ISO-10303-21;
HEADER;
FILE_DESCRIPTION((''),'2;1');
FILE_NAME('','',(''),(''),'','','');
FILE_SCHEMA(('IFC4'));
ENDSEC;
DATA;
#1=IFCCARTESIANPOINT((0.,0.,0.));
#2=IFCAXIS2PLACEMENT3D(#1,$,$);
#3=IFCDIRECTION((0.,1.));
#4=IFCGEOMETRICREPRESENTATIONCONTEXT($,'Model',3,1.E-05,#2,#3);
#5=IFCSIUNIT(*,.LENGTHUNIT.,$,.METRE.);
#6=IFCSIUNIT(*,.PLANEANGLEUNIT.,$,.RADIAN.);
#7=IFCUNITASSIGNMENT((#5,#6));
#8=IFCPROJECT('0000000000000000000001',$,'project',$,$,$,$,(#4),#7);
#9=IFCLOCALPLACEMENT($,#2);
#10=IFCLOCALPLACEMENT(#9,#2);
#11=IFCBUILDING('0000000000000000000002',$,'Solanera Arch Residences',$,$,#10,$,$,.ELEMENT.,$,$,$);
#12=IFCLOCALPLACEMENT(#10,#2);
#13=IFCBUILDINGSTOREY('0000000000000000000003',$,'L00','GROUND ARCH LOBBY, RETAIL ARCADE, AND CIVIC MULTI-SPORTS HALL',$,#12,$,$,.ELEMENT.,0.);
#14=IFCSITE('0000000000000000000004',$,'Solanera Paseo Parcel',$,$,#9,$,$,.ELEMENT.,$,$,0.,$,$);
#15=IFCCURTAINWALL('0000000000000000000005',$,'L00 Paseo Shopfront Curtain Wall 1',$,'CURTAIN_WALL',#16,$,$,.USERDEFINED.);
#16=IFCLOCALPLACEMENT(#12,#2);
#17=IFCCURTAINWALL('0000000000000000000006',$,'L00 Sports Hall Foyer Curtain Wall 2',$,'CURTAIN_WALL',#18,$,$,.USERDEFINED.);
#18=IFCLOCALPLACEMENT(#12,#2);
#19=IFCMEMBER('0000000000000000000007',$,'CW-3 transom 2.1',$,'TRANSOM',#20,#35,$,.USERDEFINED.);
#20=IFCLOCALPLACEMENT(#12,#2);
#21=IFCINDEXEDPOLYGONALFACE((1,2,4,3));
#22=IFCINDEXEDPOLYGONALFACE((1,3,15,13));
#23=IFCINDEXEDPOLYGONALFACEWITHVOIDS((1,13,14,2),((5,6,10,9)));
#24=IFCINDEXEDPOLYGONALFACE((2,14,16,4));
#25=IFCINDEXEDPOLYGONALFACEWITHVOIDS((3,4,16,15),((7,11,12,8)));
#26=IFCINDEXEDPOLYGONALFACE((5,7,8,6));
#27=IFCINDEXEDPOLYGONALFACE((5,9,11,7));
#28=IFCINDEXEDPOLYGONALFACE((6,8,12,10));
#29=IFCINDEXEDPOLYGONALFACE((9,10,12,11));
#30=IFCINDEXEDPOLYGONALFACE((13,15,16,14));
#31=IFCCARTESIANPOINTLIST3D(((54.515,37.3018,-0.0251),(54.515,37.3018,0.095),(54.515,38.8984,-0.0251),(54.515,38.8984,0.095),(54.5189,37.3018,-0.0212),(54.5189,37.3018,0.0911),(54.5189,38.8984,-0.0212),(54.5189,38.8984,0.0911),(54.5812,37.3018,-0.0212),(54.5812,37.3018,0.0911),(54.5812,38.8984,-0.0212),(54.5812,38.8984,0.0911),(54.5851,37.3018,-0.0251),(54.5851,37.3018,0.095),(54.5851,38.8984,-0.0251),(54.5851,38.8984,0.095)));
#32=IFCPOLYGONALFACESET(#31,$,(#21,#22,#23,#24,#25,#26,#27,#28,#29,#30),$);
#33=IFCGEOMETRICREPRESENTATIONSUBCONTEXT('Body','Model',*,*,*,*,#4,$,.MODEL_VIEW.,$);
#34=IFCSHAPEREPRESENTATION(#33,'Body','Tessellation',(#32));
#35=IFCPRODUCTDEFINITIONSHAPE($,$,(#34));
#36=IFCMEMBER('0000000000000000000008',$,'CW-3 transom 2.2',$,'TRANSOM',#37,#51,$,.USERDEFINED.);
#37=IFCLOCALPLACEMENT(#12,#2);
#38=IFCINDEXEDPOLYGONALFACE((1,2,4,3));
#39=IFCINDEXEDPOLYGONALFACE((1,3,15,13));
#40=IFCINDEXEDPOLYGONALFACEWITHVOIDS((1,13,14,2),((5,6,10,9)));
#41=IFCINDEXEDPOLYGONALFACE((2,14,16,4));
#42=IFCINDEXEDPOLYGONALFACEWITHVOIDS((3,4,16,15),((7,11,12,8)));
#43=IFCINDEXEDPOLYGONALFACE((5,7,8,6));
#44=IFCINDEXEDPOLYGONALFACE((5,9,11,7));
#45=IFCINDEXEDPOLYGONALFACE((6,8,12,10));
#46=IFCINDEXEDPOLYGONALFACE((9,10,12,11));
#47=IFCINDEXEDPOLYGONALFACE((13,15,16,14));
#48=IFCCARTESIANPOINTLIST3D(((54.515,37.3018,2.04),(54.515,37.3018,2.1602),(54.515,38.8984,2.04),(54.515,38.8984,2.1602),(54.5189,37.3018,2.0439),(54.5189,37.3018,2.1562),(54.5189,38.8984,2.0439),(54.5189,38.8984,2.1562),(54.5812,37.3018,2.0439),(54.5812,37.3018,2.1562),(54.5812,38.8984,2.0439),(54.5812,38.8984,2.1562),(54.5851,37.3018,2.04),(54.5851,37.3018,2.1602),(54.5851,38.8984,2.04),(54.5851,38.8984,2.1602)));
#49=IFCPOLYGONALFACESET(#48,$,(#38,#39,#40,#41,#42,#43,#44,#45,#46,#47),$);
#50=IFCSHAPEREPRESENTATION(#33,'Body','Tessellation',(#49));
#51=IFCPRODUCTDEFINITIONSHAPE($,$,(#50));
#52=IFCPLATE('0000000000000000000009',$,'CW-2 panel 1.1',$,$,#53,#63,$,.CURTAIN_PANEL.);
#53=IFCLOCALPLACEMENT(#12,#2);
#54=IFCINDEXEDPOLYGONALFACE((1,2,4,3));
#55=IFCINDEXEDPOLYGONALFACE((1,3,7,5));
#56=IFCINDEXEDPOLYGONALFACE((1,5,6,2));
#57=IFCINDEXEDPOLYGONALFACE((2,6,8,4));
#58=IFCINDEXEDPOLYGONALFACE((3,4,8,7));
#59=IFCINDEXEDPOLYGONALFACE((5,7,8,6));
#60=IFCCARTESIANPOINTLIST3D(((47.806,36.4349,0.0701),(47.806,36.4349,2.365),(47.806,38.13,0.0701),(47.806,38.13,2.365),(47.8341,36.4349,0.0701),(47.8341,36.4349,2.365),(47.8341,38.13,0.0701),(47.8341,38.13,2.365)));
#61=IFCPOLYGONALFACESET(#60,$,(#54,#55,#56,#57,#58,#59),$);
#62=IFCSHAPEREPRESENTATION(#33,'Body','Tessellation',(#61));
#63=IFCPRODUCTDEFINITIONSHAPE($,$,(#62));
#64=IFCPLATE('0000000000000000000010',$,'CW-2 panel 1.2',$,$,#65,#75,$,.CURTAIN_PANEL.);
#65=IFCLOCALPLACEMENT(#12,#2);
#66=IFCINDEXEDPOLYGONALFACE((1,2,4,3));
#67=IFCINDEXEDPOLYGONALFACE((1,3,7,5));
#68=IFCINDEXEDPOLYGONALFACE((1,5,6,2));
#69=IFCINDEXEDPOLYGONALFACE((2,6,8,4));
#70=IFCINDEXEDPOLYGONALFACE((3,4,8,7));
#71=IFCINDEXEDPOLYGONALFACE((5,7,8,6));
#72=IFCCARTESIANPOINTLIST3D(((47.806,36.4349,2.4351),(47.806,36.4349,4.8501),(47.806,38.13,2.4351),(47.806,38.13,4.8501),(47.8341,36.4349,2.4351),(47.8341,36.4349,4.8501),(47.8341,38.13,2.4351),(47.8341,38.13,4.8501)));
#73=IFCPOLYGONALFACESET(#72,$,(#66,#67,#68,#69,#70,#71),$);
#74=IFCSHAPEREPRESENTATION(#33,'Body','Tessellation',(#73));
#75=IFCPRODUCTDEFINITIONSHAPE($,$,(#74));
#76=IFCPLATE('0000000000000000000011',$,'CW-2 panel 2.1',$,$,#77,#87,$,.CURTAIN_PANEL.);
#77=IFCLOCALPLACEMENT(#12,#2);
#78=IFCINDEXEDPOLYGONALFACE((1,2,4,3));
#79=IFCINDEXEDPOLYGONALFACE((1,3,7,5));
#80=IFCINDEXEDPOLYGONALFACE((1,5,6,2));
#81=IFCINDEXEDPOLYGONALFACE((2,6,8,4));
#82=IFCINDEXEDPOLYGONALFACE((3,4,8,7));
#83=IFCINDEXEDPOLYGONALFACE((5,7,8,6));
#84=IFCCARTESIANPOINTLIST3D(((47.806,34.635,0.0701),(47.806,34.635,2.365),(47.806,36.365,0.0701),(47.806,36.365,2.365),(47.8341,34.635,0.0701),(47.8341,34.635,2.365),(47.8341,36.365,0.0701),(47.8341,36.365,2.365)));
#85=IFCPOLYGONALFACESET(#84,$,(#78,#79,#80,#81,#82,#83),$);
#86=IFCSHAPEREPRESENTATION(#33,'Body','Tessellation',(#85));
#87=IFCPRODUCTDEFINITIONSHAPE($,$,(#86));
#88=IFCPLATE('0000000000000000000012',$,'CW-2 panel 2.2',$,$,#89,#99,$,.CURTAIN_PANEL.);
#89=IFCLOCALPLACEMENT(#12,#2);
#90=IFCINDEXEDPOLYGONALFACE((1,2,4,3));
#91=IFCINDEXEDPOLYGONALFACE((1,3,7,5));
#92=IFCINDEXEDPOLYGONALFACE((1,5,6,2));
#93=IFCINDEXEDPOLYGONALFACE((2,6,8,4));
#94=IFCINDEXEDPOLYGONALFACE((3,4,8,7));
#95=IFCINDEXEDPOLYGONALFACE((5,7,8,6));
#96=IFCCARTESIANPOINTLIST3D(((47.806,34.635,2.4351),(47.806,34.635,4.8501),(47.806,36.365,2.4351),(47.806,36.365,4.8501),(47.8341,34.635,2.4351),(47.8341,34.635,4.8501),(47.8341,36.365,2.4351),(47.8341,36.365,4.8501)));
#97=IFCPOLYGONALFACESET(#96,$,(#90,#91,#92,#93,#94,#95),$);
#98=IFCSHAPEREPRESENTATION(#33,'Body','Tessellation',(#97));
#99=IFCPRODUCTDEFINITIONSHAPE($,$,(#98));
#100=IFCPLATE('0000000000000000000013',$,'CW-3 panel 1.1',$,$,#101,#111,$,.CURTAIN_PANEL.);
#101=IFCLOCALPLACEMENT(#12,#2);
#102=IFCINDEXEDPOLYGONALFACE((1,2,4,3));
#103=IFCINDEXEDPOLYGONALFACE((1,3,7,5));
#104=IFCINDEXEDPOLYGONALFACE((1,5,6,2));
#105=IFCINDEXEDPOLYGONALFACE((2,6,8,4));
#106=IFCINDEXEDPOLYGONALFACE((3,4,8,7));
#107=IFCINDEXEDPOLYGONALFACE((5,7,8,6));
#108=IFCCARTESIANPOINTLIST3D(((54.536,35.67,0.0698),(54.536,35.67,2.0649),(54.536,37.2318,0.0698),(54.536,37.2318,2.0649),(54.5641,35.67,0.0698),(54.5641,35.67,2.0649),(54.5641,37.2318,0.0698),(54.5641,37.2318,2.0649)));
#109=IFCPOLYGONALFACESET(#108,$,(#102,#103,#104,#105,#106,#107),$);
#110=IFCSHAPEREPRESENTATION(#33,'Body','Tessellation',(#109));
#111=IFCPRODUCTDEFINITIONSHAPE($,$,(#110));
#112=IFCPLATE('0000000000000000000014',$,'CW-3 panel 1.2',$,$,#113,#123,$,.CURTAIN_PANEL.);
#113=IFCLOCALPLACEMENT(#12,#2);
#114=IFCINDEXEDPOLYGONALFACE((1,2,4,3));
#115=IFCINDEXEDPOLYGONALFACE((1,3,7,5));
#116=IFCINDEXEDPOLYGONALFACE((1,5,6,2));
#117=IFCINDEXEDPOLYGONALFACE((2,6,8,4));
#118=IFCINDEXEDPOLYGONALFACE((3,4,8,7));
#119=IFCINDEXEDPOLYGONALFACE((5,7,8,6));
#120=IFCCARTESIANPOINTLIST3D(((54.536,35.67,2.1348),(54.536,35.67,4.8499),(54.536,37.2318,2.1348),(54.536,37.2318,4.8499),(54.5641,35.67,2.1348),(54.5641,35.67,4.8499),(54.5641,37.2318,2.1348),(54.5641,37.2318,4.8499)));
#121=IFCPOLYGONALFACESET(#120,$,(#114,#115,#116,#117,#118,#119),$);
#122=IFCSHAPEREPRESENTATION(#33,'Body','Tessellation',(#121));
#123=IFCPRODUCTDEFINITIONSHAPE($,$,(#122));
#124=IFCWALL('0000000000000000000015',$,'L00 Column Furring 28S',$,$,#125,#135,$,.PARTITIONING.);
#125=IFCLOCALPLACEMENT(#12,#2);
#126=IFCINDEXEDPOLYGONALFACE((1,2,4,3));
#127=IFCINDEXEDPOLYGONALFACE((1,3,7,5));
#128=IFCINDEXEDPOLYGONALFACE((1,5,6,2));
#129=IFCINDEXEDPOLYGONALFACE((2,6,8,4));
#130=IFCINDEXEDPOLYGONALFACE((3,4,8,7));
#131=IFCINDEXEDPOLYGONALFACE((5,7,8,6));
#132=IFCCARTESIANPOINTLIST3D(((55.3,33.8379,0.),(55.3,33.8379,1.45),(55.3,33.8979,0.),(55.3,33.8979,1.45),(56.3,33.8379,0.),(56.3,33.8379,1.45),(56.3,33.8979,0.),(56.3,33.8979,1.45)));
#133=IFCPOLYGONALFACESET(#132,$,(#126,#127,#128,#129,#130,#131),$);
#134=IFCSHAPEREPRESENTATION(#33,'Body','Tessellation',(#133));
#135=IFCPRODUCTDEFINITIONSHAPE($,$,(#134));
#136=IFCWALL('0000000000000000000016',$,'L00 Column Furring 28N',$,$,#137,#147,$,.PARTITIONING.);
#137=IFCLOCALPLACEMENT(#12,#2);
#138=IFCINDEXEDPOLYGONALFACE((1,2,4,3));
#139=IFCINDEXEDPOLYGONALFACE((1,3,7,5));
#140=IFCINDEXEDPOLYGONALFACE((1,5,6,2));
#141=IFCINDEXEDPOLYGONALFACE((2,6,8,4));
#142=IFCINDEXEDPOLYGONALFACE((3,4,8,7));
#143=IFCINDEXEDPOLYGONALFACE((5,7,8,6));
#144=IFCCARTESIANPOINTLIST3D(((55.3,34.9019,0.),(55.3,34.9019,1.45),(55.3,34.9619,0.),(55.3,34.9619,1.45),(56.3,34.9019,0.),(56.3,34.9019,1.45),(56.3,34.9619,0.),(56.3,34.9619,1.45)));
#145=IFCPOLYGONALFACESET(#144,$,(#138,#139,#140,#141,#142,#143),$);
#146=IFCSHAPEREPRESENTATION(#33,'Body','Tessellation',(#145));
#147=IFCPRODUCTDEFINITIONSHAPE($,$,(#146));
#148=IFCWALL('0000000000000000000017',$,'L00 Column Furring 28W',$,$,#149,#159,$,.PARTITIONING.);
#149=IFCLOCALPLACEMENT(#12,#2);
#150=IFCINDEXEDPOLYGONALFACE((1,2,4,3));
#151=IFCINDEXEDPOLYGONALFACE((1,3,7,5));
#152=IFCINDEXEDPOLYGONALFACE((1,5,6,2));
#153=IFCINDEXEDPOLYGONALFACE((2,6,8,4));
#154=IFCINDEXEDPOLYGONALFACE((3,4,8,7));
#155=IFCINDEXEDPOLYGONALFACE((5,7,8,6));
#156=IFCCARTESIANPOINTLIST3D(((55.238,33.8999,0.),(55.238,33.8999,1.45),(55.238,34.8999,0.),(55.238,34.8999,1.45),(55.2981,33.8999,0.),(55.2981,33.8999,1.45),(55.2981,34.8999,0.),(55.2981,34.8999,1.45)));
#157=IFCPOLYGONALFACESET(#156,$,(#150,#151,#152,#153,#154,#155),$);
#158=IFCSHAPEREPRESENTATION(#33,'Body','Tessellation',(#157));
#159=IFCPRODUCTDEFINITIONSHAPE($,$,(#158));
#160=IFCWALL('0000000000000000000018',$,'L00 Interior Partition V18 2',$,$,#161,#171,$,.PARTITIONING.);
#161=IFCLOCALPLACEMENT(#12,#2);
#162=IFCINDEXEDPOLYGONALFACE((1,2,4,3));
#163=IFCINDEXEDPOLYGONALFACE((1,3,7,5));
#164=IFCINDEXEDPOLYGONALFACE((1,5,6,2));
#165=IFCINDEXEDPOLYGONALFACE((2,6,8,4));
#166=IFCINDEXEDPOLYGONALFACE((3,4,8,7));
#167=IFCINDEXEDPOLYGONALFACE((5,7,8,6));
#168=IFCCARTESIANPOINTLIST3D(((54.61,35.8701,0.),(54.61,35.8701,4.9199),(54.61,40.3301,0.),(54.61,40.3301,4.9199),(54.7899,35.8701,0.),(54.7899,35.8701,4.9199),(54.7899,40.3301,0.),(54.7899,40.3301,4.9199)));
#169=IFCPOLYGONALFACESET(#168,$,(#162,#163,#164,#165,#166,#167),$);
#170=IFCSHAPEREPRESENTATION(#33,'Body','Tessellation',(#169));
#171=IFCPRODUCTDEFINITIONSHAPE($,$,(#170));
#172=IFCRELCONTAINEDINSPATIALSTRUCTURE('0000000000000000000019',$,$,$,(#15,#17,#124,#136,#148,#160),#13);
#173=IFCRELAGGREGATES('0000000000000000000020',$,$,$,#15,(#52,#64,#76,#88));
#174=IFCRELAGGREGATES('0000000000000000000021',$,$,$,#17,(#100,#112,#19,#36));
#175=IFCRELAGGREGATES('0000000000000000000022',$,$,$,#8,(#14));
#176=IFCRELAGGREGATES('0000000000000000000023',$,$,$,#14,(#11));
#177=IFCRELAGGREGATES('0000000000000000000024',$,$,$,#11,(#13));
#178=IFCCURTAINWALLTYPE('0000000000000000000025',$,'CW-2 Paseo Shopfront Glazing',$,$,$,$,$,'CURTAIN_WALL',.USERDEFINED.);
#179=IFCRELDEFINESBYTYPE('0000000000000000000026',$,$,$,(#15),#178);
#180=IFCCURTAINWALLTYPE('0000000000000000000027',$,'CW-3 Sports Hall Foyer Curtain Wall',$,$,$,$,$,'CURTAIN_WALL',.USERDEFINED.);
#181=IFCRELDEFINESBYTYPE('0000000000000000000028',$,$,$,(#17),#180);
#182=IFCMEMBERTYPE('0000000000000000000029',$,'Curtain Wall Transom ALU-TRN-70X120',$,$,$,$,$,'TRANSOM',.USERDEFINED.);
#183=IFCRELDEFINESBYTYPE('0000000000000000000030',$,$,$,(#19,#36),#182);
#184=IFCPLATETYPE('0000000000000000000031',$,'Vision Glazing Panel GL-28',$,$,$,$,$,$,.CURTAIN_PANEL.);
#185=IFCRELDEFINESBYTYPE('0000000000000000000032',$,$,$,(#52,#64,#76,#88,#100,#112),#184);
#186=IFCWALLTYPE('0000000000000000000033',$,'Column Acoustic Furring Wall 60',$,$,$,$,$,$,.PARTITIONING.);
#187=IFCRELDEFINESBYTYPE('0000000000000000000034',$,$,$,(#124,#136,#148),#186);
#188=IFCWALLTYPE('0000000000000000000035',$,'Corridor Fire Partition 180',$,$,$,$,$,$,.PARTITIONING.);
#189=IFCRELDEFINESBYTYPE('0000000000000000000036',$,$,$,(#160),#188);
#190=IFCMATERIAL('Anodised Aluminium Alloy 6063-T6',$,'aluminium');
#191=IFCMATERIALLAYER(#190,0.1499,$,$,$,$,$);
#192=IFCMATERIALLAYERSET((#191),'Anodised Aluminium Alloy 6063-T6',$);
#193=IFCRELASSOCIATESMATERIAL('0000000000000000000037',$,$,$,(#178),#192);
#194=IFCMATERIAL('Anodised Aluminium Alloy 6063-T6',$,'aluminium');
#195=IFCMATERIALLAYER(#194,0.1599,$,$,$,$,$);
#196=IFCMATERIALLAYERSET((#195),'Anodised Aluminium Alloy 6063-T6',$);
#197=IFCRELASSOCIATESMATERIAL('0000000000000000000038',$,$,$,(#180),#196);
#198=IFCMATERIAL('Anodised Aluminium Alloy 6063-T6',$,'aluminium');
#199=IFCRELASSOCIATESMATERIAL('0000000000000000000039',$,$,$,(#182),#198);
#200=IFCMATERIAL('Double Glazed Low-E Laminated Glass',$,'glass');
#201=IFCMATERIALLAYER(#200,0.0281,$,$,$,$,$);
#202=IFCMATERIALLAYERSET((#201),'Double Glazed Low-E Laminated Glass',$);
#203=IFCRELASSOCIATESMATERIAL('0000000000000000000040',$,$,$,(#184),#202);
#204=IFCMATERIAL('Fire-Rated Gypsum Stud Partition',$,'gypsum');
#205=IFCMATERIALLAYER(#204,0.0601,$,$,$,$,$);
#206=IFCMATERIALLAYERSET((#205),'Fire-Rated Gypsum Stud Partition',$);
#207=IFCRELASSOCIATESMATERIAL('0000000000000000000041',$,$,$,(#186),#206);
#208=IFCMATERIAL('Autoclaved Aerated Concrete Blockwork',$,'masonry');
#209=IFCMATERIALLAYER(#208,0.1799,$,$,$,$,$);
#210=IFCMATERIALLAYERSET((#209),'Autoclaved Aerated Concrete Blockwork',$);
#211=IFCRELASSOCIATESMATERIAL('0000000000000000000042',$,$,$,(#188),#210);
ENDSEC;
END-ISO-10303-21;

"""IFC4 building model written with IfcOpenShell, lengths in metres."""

from ifc_helpers import new_model, si_unit, direction, frame, frame_2d, origin, origin_2d, place, context, subcontext, project, spatial, rectangle, hollow_rectangle, extrude, material, layer, layer_set, material_profile, profile_set, type_object, element, aggregate, save


model = new_model("IFC4")

# Units and contexts
model_context = context("Model", 3, precision=1e-05, world=origin(), true_north=direction((0.0, 1.0)))
body_context = subcontext(model_context, "Body", "Model", "MODEL_VIEW")
ifc_project = project(units=[si_unit("LENGTHUNIT", "METRE"), si_unit("PLANEANGLEUNIT", "RADIAN")], contexts=[model_context])

# Site, building, storey
site_placement = place(None, origin())
site = spatial("IfcSite", under=ifc_project, at=site_placement, Name="Solanera Paseo Parcel", CompositionType="ELEMENT", RefElevation=0.0)
building_placement = place(site_placement, origin())
building = spatial("IfcBuilding", under=site, at=building_placement, Name="Solanera Arch Residences", CompositionType="ELEMENT")
storey_placement = place(building_placement, origin())
storey = spatial("IfcBuildingStorey", under=building, at=storey_placement, Name="L00", Description="GROUND ARCH LOBBY, RETAIL ARCADE, AND CIVIC MULTI-SPORTS HALL", CompositionType="ELEMENT", Elevation=0.0)

# Curtain walls
ifc_material_1 = material(Name="Anodised Aluminium Alloy 6063-T6", Category="aluminium")
ifc_layer_1 = layer(ifc_material_1, 0.1499)
ifc_layer_set_1 = layer_set([ifc_layer_1], Name="Anodised Aluminium Alloy 6063-T6")
curtain_wall_type_1 = type_object("IfcCurtainWallType", Name="CW-2 Paseo Shopfront Glazing", ElementType="CURTAIN_WALL", PredefinedType="USERDEFINED", material=ifc_layer_set_1)
curtain_wall_1_placement = place(storey_placement, origin())
curtain_wall_1 = element("IfcCurtainWall", 1, at=curtain_wall_1_placement, inside=storey, type_object=curtain_wall_type_1, Name="L00 Paseo Shopfront Curtain Wall 1", ObjectType="CURTAIN_WALL", PredefinedType="USERDEFINED")
ifc_material_2 = material(Name="Anodised Aluminium Alloy 6063-T6", Category="aluminium")
ifc_layer_2 = layer(ifc_material_2, 0.1599)
ifc_layer_set_2 = layer_set([ifc_layer_2], Name="Anodised Aluminium Alloy 6063-T6")
curtain_wall_type_2 = type_object("IfcCurtainWallType", Name="CW-3 Sports Hall Foyer Curtain Wall", ElementType="CURTAIN_WALL", PredefinedType="USERDEFINED", material=ifc_layer_set_2)
curtain_wall_2_placement = place(storey_placement, origin())
curtain_wall_2 = element("IfcCurtainWall", 2, at=curtain_wall_2_placement, inside=storey, type_object=curtain_wall_type_2, Name="L00 Sports Hall Foyer Curtain Wall 2", ObjectType="CURTAIN_WALL", PredefinedType="USERDEFINED")

# Members
ifc_material_3 = material(Name="Anodised Aluminium Alloy 6063-T6", Category="aluminium")
ifc_material_profile_1 = material_profile(ifc_material_3, hollow_rectangle(XDim=0.0701, YDim=0.1201, WallThickness=0.0039, at=origin_2d()))
ifc_profile_set_1 = profile_set([ifc_material_profile_1], Name="Anodised Aluminium Alloy 6063-T6")
member_type_1 = type_object("IfcMemberType", Name="Curtain Wall Transom ALU-TRN-70X120", ElementType="TRANSOM", PredefinedType="USERDEFINED", material=ifc_profile_set_1)
member_1_placement = place(storey_placement, frame((54.55, 37.3018, 0.0349), z_axis=(0.0, 1.0, 0.0), x_axis=(-1.0, 0.0, 0.0)))
member_1 = element("IfcMember", 3, at=member_1_placement, type_object=member_type_1, Name="CW-3 transom 2.1", ObjectType="TRANSOM", PredefinedType="USERDEFINED", context=body_context, shape_type="SweptSolid", body=[
    extrude(hollow_rectangle(XDim=0.0701, YDim=0.1201, WallThickness=0.0039, at=origin_2d()), origin(), (0.0, 0.0, 1.0), 1.5967),
])
member_2_placement = place(storey_placement, frame((54.55, 37.3018, 2.1001), z_axis=(0.0, 1.0, 0.0), x_axis=(-1.0, 0.0, 0.0)))
member_2 = element("IfcMember", 4, at=member_2_placement, type_object=member_type_1, Name="CW-3 transom 2.2", ObjectType="TRANSOM", PredefinedType="USERDEFINED", context=body_context, shape_type="SweptSolid", body=[
    extrude(hollow_rectangle(XDim=0.0701, YDim=0.1201, WallThickness=0.0039, at=origin_2d()), origin(), (0.0, 0.0, 1.0), 1.5967),
])

# Plates
ifc_material_4 = material(Name="Double Glazed Low-E Laminated Glass", Category="glass")
ifc_layer_3 = layer(ifc_material_4, 0.0281)
ifc_layer_set_3 = layer_set([ifc_layer_3], Name="Double Glazed Low-E Laminated Glass")
plate_type = type_object("IfcPlateType", Name="Vision Glazing Panel GL-28", PredefinedType="CURTAIN_PANEL", material=ifc_layer_set_3)
plate_1_placement = place(storey_placement, frame((47.8201, 37.2825, 0.0701), z_axis=(0.0, 0.0, 1.0), x_axis=(0.0, -1.0, 0.0)))
plate_1 = element("IfcPlate", 5, at=plate_1_placement, type_object=plate_type, Name="CW-2 panel 1.1", PredefinedType="CURTAIN_PANEL", context=body_context, shape_type="SweptSolid", body=[
    extrude(rectangle(XDim=1.6951, YDim=0.0281, at=origin_2d()), origin(), (0.0, 0.0, 1.0), 2.2949),
])
plate_2_placement = place(storey_placement, frame((47.8201, 37.2825, 2.4351), z_axis=(0.0, 0.0, 1.0), x_axis=(0.0, -1.0, 0.0)))
plate_2 = element("IfcPlate", 6, at=plate_2_placement, type_object=plate_type, Name="CW-2 panel 1.2", PredefinedType="CURTAIN_PANEL", context=body_context, shape_type="SweptSolid", body=[
    extrude(rectangle(XDim=1.6951, YDim=0.0281, at=origin_2d()), origin(), (0.0, 0.0, 1.0), 2.415),
])
plate_3_placement = place(storey_placement, frame((47.8201, 35.5, 0.0701), z_axis=(0.0, 0.0, 1.0), x_axis=(0.0, -1.0, 0.0)))
plate_3 = element("IfcPlate", 7, at=plate_3_placement, type_object=plate_type, Name="CW-2 panel 2.1", PredefinedType="CURTAIN_PANEL", context=body_context, shape_type="SweptSolid", body=[
    extrude(rectangle(XDim=1.73, YDim=0.0281, at=origin_2d()), origin(), (0.0, 0.0, 1.0), 2.2949),
])
plate_4_placement = place(storey_placement, frame((47.8201, 35.5, 2.4351), z_axis=(0.0, 0.0, 1.0), x_axis=(0.0, -1.0, 0.0)))
plate_4 = element("IfcPlate", 8, at=plate_4_placement, type_object=plate_type, Name="CW-2 panel 2.2", PredefinedType="CURTAIN_PANEL", context=body_context, shape_type="SweptSolid", body=[
    extrude(rectangle(XDim=1.73, YDim=0.0281, at=origin_2d()), origin(), (0.0, 0.0, 1.0), 2.415),
])
aggregate(curtain_wall_1, [plate_1, plate_2, plate_3, plate_4])
plate_5_placement = place(storey_placement, frame((54.55, 36.4509, 0.0698), z_axis=(0.0, 0.0, 1.0), x_axis=(0.0, 1.0, 0.0)))
plate_5 = element("IfcPlate", 9, at=plate_5_placement, type_object=plate_type, Name="CW-3 panel 1.1", PredefinedType="CURTAIN_PANEL", context=body_context, shape_type="SweptSolid", body=[
    extrude(rectangle(XDim=1.5618, YDim=0.0281, at=origin_2d()), origin(), (0.0, 0.0, 1.0), 1.9951),
])
plate_6_placement = place(storey_placement, frame((54.55, 36.4509, 2.1348), z_axis=(0.0, 0.0, 1.0), x_axis=(0.0, 1.0, 0.0)))
plate_6 = element("IfcPlate", 10, at=plate_6_placement, type_object=plate_type, Name="CW-3 panel 1.2", PredefinedType="CURTAIN_PANEL", context=body_context, shape_type="SweptSolid", body=[
    extrude(rectangle(XDim=1.5618, YDim=0.0281, at=origin_2d()), origin(), (0.0, 0.0, 1.0), 2.7151),
])
aggregate(curtain_wall_2, [plate_5, plate_6, member_1, member_2])

# Walls
ifc_material_5 = material(Name="Fire-Rated Gypsum Stud Partition", Category="gypsum")
ifc_layer_4 = layer(ifc_material_5, 0.0601)
ifc_layer_set_4 = layer_set([ifc_layer_4], Name="Fire-Rated Gypsum Stud Partition")
wall_type_1 = type_object("IfcWallType", Name="Column Acoustic Furring Wall 60", PredefinedType="PARTITIONING", material=ifc_layer_set_4)
for number, where, z_axis, x_axis, name in (
    (11, (55.3, 33.8679, 0.0), (0.0, 0.0, 1.0), (1.0, 0.0, 0.0), "L00 Column Furring 28S"),
    (12, (55.3, 34.9319, 0.0), (0.0, 0.0, 1.0), (1.0, 0.0, 0.0), "L00 Column Furring 28N"),
    (13, (55.2681, 33.8999, 0.0), (0.0, 0.0, 1.0), (0.0, 1.0, 0.0), "L00 Column Furring 28W"),
):
    element("IfcWall", number, at=place(storey_placement, frame(where, z_axis=z_axis, x_axis=x_axis)), inside=storey, type_object=wall_type_1, Name=name, PredefinedType="PARTITIONING", context=body_context, shape_type="SweptSolid", body=[
        extrude(rectangle(XDim=1.0, YDim=0.0601, at=frame_2d((0.5, 0.0))), origin(), (0.0, 0.0, 1.0), 1.45),
    ])
ifc_material_6 = material(Name="Autoclaved Aerated Concrete Blockwork", Category="masonry")
ifc_layer_5 = layer(ifc_material_6, 0.1799)
ifc_layer_set_5 = layer_set([ifc_layer_5], Name="Autoclaved Aerated Concrete Blockwork")
wall_type_2 = type_object("IfcWallType", Name="Corridor Fire Partition 180", PredefinedType="PARTITIONING", material=ifc_layer_set_5)
wall_placement = place(storey_placement, frame((54.7, 35.8701, 0.0), z_axis=(0.0, 0.0, 1.0), x_axis=(0.0, 1.0, 0.0)))
element("IfcWall", 14, at=wall_placement, inside=storey, type_object=wall_type_2, Name="L00 Interior Partition V18 2", PredefinedType="PARTITIONING", context=body_context, shape_type="SweptSolid", body=[
    extrude(rectangle(XDim=4.46, YDim=0.1799, at=frame_2d((2.23, 0.0))), origin(), (0.0, 0.0, 1.0), 4.9199),
])

save(model, "model.ifc")
